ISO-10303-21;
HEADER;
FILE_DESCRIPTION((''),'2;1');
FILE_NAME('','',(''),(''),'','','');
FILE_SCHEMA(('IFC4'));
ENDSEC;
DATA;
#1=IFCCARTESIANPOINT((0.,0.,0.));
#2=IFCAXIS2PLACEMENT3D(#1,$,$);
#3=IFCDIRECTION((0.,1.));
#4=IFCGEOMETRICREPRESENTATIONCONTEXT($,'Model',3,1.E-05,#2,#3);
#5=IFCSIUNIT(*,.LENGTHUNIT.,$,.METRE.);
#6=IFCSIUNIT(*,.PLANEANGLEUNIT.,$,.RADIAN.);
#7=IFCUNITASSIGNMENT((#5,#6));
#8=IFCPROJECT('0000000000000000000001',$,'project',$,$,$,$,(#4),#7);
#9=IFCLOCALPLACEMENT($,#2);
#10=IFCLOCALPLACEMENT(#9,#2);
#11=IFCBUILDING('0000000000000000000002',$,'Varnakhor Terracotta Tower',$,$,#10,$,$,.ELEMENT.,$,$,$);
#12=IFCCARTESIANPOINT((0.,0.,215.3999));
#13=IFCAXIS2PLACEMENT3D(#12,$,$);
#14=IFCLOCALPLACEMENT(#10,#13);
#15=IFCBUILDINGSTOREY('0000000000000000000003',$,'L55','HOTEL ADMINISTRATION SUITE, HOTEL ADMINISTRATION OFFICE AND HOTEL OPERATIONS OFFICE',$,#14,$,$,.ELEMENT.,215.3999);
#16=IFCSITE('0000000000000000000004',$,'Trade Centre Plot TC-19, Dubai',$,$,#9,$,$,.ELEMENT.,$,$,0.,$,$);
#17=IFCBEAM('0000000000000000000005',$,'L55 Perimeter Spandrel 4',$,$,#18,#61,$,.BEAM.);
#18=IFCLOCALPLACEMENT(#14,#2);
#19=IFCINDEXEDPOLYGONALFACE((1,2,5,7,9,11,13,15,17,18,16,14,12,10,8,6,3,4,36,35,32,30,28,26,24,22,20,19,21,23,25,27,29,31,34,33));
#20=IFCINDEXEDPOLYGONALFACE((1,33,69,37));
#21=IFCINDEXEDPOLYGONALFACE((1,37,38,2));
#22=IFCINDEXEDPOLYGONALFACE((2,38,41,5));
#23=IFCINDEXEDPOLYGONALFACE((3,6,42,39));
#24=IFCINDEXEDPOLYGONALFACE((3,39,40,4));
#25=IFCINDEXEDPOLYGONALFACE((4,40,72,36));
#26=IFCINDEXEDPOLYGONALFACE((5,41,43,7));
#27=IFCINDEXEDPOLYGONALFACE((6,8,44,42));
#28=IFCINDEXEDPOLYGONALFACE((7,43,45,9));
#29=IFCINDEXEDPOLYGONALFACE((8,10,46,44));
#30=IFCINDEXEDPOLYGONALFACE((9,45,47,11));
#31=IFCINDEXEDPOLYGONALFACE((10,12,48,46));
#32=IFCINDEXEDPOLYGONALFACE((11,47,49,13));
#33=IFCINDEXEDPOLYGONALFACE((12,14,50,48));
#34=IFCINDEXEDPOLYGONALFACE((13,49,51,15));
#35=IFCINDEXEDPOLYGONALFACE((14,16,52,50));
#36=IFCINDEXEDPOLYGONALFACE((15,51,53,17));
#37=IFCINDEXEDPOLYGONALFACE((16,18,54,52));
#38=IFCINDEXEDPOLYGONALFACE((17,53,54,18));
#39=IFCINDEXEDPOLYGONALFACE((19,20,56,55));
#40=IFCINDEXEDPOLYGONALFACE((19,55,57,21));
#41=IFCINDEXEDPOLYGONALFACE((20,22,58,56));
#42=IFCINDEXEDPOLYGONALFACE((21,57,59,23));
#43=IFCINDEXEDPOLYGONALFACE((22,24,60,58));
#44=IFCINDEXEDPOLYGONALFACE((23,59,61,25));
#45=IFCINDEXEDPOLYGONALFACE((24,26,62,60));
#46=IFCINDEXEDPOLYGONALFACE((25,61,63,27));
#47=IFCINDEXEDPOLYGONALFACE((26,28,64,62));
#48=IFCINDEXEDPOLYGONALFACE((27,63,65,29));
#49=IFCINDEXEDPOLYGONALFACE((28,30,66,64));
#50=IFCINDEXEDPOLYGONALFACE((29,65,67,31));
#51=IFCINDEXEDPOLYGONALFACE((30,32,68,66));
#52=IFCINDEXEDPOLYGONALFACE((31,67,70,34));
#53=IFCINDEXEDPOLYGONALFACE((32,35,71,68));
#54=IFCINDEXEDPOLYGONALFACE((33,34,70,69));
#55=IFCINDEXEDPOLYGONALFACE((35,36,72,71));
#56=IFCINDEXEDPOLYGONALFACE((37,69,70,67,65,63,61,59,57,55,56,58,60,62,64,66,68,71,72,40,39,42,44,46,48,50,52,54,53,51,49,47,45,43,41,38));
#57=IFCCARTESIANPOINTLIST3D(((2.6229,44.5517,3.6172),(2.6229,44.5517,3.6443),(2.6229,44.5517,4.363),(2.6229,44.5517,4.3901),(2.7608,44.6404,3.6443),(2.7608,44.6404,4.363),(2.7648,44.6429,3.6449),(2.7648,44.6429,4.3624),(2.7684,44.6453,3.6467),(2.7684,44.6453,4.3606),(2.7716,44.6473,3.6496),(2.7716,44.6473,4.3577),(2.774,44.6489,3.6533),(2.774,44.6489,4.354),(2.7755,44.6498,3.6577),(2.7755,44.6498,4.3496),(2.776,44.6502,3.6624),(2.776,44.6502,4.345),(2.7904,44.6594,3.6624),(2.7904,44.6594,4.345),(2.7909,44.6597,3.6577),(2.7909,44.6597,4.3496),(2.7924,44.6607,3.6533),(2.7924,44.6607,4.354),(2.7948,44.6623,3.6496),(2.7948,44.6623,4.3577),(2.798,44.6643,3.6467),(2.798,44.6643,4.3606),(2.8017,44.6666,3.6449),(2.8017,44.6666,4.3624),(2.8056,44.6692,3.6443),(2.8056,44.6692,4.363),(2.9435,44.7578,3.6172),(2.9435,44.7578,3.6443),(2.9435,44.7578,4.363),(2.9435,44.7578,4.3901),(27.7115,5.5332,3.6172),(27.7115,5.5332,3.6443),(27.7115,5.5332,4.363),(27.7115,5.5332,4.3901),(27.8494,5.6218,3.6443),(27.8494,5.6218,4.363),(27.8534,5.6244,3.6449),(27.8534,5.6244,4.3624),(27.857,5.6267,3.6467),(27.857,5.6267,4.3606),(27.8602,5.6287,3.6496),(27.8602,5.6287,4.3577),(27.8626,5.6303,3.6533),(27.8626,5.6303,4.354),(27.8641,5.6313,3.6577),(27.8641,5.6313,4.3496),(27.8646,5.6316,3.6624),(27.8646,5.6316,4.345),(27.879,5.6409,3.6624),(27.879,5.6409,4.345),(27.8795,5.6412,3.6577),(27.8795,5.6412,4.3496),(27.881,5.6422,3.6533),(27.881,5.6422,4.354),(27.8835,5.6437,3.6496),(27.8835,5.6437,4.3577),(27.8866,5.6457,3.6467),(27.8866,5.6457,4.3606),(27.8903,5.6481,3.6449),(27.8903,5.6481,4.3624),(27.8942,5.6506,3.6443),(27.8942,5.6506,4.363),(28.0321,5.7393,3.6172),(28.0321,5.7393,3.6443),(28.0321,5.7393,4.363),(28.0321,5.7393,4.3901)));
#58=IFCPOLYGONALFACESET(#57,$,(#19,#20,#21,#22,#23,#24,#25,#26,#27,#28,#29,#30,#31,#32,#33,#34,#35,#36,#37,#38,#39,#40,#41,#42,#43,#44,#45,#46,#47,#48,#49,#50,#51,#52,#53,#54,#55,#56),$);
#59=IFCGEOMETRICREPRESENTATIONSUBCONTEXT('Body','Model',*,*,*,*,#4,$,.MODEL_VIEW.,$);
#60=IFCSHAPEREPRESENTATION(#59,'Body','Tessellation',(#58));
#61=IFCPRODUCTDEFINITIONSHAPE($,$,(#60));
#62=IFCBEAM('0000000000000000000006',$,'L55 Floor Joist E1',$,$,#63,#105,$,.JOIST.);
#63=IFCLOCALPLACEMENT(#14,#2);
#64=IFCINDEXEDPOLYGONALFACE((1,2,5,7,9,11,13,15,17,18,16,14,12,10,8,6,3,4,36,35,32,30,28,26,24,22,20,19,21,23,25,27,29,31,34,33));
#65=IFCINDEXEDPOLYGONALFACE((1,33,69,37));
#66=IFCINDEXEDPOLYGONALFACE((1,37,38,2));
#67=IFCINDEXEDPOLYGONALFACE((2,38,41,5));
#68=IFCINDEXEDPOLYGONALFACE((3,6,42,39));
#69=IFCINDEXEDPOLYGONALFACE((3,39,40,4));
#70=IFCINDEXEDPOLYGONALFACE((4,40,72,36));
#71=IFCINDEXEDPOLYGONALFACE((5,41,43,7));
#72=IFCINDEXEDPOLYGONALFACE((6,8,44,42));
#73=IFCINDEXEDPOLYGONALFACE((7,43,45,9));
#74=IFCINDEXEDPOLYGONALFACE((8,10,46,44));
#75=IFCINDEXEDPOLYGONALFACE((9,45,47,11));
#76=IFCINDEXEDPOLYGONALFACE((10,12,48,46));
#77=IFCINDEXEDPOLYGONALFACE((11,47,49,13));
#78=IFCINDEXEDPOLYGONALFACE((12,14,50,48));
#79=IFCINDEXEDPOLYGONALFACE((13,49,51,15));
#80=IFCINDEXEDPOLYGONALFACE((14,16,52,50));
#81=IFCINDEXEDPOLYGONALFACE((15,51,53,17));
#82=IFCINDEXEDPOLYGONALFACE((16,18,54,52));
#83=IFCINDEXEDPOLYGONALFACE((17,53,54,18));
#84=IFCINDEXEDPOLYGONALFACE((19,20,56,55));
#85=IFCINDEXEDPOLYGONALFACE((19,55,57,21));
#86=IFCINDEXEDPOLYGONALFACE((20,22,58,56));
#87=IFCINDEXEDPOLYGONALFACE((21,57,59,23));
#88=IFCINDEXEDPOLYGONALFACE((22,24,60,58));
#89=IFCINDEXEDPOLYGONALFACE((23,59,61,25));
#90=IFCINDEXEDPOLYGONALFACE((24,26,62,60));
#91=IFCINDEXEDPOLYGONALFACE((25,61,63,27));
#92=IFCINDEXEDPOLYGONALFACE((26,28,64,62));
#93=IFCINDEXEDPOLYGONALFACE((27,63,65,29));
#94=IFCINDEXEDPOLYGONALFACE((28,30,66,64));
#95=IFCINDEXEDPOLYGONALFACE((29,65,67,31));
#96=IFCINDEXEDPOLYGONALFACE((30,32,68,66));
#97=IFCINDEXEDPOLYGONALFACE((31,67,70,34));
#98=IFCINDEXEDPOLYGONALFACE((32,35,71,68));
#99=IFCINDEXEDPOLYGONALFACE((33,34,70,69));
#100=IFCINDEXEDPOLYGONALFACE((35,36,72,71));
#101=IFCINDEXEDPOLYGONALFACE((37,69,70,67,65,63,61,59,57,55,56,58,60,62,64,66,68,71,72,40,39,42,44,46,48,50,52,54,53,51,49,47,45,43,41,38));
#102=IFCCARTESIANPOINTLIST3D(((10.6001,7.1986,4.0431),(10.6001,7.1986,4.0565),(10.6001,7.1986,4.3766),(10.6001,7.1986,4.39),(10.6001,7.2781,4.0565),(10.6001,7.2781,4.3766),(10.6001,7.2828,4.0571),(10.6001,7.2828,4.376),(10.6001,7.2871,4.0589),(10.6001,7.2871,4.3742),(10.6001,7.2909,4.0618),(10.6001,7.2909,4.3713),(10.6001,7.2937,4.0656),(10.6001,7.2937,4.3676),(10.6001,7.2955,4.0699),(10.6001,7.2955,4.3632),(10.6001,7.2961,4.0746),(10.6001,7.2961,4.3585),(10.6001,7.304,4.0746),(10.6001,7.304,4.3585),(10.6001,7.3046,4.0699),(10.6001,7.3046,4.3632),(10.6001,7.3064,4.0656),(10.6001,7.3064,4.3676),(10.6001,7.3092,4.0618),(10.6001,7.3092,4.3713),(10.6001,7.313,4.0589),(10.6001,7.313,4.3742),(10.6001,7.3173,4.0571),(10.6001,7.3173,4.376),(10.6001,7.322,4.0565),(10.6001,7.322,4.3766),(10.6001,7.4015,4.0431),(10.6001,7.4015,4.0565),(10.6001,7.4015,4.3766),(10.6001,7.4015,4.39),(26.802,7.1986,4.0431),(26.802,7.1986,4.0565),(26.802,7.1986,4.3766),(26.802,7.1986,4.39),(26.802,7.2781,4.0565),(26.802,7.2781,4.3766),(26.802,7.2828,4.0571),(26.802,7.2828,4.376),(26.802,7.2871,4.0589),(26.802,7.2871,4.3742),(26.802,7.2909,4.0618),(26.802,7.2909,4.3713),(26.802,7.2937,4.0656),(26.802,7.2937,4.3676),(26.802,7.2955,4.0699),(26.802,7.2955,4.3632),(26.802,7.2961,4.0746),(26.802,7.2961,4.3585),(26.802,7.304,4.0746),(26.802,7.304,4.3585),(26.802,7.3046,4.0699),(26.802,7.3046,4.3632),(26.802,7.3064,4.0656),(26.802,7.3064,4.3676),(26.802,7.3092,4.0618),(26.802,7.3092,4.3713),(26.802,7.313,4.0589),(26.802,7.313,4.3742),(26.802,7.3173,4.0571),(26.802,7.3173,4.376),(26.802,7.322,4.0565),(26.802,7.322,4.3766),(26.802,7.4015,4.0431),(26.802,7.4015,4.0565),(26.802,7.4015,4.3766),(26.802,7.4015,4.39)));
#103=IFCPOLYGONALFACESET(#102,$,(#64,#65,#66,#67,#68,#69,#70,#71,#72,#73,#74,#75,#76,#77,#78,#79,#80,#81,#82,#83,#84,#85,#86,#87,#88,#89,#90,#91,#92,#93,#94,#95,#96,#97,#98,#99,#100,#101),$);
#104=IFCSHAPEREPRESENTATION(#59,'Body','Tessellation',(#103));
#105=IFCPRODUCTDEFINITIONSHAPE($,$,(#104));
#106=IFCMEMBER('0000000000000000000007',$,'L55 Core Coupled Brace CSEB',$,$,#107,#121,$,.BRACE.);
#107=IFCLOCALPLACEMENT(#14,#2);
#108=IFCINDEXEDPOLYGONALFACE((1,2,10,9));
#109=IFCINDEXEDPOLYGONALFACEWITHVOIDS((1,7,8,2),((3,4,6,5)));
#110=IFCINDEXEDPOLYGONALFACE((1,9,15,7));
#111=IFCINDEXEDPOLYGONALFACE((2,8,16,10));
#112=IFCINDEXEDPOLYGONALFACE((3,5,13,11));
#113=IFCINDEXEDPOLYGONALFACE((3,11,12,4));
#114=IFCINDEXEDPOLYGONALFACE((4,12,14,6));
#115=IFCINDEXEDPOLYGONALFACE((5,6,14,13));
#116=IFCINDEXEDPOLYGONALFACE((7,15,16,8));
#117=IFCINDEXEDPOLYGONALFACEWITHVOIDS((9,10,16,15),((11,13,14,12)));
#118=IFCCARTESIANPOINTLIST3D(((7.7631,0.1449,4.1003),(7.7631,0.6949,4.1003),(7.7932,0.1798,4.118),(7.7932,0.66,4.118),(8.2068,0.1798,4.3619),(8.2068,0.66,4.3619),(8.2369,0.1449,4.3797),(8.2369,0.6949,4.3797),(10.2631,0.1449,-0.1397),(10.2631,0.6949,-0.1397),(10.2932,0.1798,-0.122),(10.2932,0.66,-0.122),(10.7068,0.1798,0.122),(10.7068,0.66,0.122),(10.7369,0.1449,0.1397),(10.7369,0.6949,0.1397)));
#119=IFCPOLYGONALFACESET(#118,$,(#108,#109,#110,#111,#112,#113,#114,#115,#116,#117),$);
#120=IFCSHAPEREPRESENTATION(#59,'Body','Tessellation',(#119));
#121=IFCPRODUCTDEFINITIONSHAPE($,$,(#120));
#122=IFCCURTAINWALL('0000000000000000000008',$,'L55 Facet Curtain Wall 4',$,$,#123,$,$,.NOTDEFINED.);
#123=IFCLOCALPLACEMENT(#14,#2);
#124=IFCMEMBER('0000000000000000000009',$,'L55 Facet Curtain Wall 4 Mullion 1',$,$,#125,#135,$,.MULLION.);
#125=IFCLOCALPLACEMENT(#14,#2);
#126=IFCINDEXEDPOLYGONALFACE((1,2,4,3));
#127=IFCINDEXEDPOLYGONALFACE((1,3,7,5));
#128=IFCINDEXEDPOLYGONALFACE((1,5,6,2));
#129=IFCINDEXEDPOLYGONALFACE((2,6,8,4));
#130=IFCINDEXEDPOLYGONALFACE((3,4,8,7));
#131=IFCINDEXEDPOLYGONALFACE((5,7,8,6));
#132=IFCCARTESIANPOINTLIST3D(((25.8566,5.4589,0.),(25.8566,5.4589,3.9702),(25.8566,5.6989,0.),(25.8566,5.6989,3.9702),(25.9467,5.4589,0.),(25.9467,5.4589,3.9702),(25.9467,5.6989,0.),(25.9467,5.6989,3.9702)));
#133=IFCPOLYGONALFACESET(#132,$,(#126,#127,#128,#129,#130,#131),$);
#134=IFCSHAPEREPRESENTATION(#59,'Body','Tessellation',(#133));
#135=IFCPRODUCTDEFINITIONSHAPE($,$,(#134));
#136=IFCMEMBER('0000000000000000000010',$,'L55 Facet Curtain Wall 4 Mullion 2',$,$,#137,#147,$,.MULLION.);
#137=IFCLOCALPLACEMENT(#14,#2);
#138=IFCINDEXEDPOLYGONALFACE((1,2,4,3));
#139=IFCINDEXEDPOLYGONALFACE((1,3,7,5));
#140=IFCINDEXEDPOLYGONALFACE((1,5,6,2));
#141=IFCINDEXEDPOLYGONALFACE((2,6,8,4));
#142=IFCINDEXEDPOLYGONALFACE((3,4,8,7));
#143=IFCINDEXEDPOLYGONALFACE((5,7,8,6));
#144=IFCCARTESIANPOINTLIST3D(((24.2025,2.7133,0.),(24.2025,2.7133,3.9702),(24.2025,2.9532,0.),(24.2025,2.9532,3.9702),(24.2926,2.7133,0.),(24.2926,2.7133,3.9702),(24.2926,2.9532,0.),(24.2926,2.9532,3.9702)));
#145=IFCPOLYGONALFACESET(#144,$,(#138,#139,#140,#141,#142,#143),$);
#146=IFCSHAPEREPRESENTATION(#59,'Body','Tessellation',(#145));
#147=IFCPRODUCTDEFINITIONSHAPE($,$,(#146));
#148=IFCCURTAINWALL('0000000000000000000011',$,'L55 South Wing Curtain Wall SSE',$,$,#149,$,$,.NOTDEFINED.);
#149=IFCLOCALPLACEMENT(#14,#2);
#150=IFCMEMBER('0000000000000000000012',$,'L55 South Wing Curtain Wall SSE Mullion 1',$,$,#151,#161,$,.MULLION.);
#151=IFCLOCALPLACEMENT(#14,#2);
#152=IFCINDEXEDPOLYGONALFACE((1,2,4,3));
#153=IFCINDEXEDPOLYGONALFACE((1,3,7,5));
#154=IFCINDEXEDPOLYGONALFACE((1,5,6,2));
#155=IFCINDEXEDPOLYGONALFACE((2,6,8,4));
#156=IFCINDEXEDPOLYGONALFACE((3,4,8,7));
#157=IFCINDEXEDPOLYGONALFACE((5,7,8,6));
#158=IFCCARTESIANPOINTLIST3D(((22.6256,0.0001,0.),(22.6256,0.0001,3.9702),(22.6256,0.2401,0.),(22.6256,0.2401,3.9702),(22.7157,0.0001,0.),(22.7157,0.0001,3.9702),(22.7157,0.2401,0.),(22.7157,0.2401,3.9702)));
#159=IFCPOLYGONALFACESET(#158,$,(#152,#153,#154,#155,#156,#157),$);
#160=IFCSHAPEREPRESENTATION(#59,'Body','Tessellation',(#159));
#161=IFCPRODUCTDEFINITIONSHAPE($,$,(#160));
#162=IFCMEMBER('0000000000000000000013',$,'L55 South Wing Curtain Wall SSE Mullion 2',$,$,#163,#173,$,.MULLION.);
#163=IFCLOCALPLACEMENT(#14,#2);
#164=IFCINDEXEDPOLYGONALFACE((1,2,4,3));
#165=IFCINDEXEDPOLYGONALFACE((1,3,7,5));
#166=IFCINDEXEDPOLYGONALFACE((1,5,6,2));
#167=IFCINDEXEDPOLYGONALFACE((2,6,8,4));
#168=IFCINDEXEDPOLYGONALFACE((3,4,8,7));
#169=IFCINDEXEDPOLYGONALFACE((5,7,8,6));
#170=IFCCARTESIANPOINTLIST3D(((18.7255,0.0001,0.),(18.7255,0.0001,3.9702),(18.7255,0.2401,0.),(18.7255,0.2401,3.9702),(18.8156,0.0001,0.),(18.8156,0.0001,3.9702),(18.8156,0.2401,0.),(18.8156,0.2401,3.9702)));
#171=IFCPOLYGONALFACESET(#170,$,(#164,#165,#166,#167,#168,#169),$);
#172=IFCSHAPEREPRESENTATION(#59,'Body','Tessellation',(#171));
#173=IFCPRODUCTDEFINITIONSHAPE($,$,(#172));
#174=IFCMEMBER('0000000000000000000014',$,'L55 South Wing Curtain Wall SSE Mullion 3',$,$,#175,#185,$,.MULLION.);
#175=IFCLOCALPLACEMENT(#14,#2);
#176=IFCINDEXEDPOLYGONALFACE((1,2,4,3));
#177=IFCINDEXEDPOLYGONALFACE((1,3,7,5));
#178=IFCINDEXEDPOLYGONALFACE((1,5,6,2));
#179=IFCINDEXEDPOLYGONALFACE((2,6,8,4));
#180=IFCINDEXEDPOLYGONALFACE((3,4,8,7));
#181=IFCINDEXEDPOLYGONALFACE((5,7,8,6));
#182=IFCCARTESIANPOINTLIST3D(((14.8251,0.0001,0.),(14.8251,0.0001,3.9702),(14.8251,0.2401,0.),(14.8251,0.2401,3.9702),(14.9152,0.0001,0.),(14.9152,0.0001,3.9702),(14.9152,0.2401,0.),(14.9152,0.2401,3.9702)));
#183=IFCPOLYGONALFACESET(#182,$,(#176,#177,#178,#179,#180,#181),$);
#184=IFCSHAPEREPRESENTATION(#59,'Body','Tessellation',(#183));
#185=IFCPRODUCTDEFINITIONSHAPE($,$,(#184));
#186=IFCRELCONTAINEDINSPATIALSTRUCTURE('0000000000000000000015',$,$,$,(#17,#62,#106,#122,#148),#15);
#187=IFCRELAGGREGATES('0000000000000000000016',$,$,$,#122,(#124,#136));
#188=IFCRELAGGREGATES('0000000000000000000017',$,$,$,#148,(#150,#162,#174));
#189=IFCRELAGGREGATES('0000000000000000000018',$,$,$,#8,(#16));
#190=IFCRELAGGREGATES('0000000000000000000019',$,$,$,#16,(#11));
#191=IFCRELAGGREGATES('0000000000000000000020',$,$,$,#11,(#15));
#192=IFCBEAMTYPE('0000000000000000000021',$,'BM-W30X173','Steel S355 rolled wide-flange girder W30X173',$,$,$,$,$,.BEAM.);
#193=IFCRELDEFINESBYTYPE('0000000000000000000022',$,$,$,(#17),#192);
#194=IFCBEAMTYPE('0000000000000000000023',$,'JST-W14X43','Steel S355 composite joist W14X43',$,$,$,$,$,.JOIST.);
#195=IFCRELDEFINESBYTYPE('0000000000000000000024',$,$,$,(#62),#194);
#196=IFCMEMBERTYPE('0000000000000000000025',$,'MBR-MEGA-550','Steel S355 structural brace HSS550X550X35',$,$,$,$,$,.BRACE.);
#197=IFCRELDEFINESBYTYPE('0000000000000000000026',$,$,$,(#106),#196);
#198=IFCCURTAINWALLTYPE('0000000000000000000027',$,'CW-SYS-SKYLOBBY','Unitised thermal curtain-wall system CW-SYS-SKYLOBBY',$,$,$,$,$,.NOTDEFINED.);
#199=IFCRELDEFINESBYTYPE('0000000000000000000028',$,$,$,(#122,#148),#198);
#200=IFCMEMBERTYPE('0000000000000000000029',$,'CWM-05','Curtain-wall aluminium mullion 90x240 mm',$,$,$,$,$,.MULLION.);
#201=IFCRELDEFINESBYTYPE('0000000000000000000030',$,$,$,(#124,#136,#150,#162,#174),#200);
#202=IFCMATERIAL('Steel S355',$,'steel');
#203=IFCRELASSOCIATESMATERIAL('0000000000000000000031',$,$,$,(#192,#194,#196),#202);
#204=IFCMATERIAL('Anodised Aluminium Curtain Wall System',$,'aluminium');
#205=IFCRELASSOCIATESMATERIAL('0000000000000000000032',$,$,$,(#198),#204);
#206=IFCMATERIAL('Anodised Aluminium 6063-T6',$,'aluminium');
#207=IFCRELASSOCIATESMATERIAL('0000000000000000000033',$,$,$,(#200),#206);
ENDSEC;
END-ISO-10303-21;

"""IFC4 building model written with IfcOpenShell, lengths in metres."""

from ifc_helpers import new_model, si_unit, direction, frame, origin, origin_2d, place, context, subcontext, project, spatial, rectangle, hollow_rectangle, i_section, extrude, source, transform, mapped, material, material_profile, profile_set, type_object, type_shapes, element, aggregate, save


model = new_model("IFC4")

# Units and contexts
model_context = context("Model", 3, precision=1e-05, world=origin(), true_north=direction((0.0, 1.0)))
body_context = subcontext(model_context, "Body", "Model", "MODEL_VIEW")
ifc_project = project(units=[si_unit("LENGTHUNIT", "METRE"), si_unit("PLANEANGLEUNIT", "RADIAN")], contexts=[model_context])

# Site, building, storey
site_placement = place(None, origin())
site = spatial("IfcSite", under=ifc_project, at=site_placement, Name="Trade Centre Plot TC-19, Dubai", CompositionType="ELEMENT", RefElevation=0.0)
building_placement = place(site_placement, origin())
building = spatial("IfcBuilding", under=site, at=building_placement, Name="Varnakhor Terracotta Tower", CompositionType="ELEMENT")
storey_placement = place(building_placement, frame((0.0, 0.0, 215.3999)))
storey = spatial("IfcBuildingStorey", under=building, at=storey_placement, Name="L55", Description="HOTEL ADMINISTRATION SUITE, HOTEL ADMINISTRATION OFFICE AND HOTEL OPERATIONS OFFICE", CompositionType="ELEMENT", Elevation=215.3999)

# Beams
ifc_material_1 = material(Name="Steel S355", Category="steel")
ifc_material_profile_1 = material_profile(ifc_material_1, i_section(OverallWidth=0.3811, OverallDepth=0.7729, WebThickness=0.0171, FlangeThickness=0.0271, FilletRadius=0.0181, at=origin_2d()), Name="W30X173")
ifc_profile_set_1 = profile_set([ifc_material_profile_1], Name="Steel S355")
beam_type_1 = type_object("IfcBeamType", Name="BM-W30X173", Description="Steel S355 rolled wide-flange girder W30X173", PredefinedType="BEAM", material=ifc_profile_set_1)
shared_shape_1 = source(origin(), body_context, "Body", "SweptSolid", [
    extrude(i_section(OverallWidth=0.3811, OverallDepth=0.7729, WebThickness=0.0171, FlangeThickness=0.0271, FilletRadius=0.0181, at=origin_2d()), origin(), (0.0, 0.0, 1.0), 46.3884),
])
beam_1_placement = place(storey_placement, frame((27.8718, 5.6362, 4.0037), z_axis=(-0.540838, 0.841127, 0.0), x_axis=(-0.841127, -0.540838, 0.0)))
element("IfcBeam", 1, at=beam_1_placement, inside=storey, type_object=beam_type_1, Name="L55 Perimeter Spandrel 4", PredefinedType="BEAM", context=body_context, shape_type="MappedRepresentation", body=[
    mapped(shared_shape_1, transform((0.0, 0.0, 0.0), scale=1.0)),
])
ifc_material_profile_2 = material_profile(ifc_material_1, i_section(OverallWidth=0.2029, OverallDepth=0.3469, WebThickness=0.0078, FlangeThickness=0.0134, FilletRadius=0.0181, at=origin_2d()), Name="W14X43")
ifc_profile_set_2 = profile_set([ifc_material_profile_2], Name="Steel S355")
beam_type_2 = type_object("IfcBeamType", Name="JST-W14X43", Description="Steel S355 composite joist W14X43", PredefinedType="JOIST", material=ifc_profile_set_2)
shared_shape_2 = source(origin(), body_context, "Body", "SweptSolid", [
    extrude(i_section(OverallWidth=0.2029, OverallDepth=0.3469, WebThickness=0.0078, FlangeThickness=0.0134, FilletRadius=0.0181, at=origin_2d()), origin(), (0.0, 0.0, 1.0), 16.2019),
])
beam_2_placement = place(storey_placement, frame((10.6001, 7.3, 4.2166), z_axis=(1.0, 0.0, 0.0), x_axis=(0.0, 1.0, 0.0)))
element("IfcBeam", 2, at=beam_2_placement, inside=storey, type_object=beam_type_2, Name="L55 Floor Joist E1", PredefinedType="JOIST", context=body_context, shape_type="MappedRepresentation", body=[
    mapped(shared_shape_2, transform((0.0, 0.0, 0.0), scale=1.0)),
])

# Member
ifc_material_profile_3 = material_profile(ifc_material_1, hollow_rectangle(XDim=0.55, YDim=0.55, WallThickness=0.0349, at=origin_2d()), Name="HSS550X550X35")
ifc_profile_set_3 = profile_set([ifc_material_profile_3], Name="Steel S355")
member_type_1 = type_object("IfcMemberType", Name="MBR-MEGA-550", Description="Steel S355 structural brace HSS550X550X35", PredefinedType="BRACE", material=ifc_profile_set_3)
shared_shape_3 = source(origin(), body_context, "Body", "SweptSolid", [
    extrude(hollow_rectangle(XDim=0.55, YDim=0.55, WallThickness=0.0349, at=origin_2d()), origin(), (0.0, 0.0, 1.0), 4.9221),
])
type_shapes(member_type_1, [shared_shape_3])
member_1_placement = place(storey_placement, frame((10.5, 0.4199, 0.0), z_axis=(-0.507909, 0.0, 0.861411), x_axis=(0.0, -1.0, 0.0)))
element("IfcMember", 3, at=member_1_placement, inside=storey, type_object=member_type_1, Name="L55 Core Coupled Brace CSEB", PredefinedType="BRACE", context=body_context, shape_type="MappedRepresentation", body=[
    mapped(shared_shape_3, transform((0.0, 0.0, 0.0), scale=1.0)),
])

# Curtain walls, members
ifc_material_2 = material(Name="Anodised Aluminium Curtain Wall System", Category="aluminium")
curtain_wall_type = type_object("IfcCurtainWallType", Name="CW-SYS-SKYLOBBY", Description="Unitised thermal curtain-wall system CW-SYS-SKYLOBBY", PredefinedType="NOTDEFINED", material=ifc_material_2)
curtain_wall_1_placement = place(storey_placement, origin())
curtain_wall_1 = element("IfcCurtainWall", 4, at=curtain_wall_1_placement, inside=storey, type_object=curtain_wall_type, Name="L55 Facet Curtain Wall 4", PredefinedType="NOTDEFINED")
ifc_material_3 = material(Name="Anodised Aluminium 6063-T6", Category="aluminium")
ifc_material_profile_4 = material_profile(ifc_material_3, rectangle(XDim=0.0901, YDim=0.24, at=origin_2d()), Name="ALU MULLION 90x240")
ifc_profile_set_4 = profile_set([ifc_material_profile_4], Name="Anodised Aluminium 6063-T6")
member_type_2 = type_object("IfcMemberType", Name="CWM-05", Description="Curtain-wall aluminium mullion 90x240 mm", PredefinedType="MULLION", material=ifc_profile_set_4)
shared_shape_4 = source(origin(), body_context, "Body", "SweptSolid", [
    extrude(rectangle(XDim=0.0901, YDim=0.24, at=origin_2d()), origin(), (0.0, 0.0, 1.0), 3.9702),
])
member_2_placement = place(storey_placement, frame((25.9016, 5.5789, 0.0), z_axis=(0.0, 0.0, 1.0), x_axis=(1.0, 0.0, 0.0)))
member_2 = element("IfcMember", 5, at=member_2_placement, type_object=member_type_2, Name="L55 Facet Curtain Wall 4 Mullion 1", PredefinedType="MULLION", context=body_context, shape_type="MappedRepresentation", body=[
    mapped(shared_shape_4, transform((0.0, 0.0, 0.0), scale=1.0)),
])
member_3_placement = place(storey_placement, frame((24.2476, 2.8333, 0.0), z_axis=(0.0, 0.0, 1.0), x_axis=(1.0, 0.0, 0.0)))
member_3 = element("IfcMember", 6, at=member_3_placement, type_object=member_type_2, Name="L55 Facet Curtain Wall 4 Mullion 2", PredefinedType="MULLION", context=body_context, shape_type="MappedRepresentation", body=[
    mapped(shared_shape_4, transform((0.0, 0.0, 0.0), scale=1.0)),
])
curtain_wall_2_placement = place(storey_placement, origin())
curtain_wall_2 = element("IfcCurtainWall", 7, at=curtain_wall_2_placement, inside=storey, type_object=curtain_wall_type, Name="L55 South Wing Curtain Wall SSE", PredefinedType="NOTDEFINED")
member_4_placement = place(storey_placement, frame((22.6707, 0.1201, 0.0), z_axis=(0.0, 0.0, 1.0), x_axis=(1.0, 0.0, 0.0)))
member_4 = element("IfcMember", 8, at=member_4_placement, type_object=member_type_2, Name="L55 South Wing Curtain Wall SSE Mullion 1", PredefinedType="MULLION", context=body_context, shape_type="MappedRepresentation", body=[
    mapped(shared_shape_4, transform((0.0, 0.0, 0.0), scale=1.0)),
])
member_5_placement = place(storey_placement, frame((18.7705, 0.1201, 0.0), z_axis=(0.0, 0.0, 1.0), x_axis=(1.0, 0.0, 0.0)))
member_5 = element("IfcMember", 9, at=member_5_placement, type_object=member_type_2, Name="L55 South Wing Curtain Wall SSE Mullion 2", PredefinedType="MULLION", context=body_context, shape_type="MappedRepresentation", body=[
    mapped(shared_shape_4, transform((0.0, 0.0, 0.0), scale=1.0)),
])
member_6_placement = place(storey_placement, frame((14.8701, 0.1201, 0.0), z_axis=(0.0, 0.0, 1.0), x_axis=(1.0, 0.0, 0.0)))
member_6 = element("IfcMember", 10, at=member_6_placement, type_object=member_type_2, Name="L55 South Wing Curtain Wall SSE Mullion 3", PredefinedType="MULLION", context=body_context, shape_type="MappedRepresentation", body=[
    mapped(shared_shape_4, transform((0.0, 0.0, 0.0), scale=1.0)),
])

aggregate(curtain_wall_1, [member_2, member_3])
aggregate(curtain_wall_2, [member_4, member_5, member_6])

save(model, "model.ifc")
